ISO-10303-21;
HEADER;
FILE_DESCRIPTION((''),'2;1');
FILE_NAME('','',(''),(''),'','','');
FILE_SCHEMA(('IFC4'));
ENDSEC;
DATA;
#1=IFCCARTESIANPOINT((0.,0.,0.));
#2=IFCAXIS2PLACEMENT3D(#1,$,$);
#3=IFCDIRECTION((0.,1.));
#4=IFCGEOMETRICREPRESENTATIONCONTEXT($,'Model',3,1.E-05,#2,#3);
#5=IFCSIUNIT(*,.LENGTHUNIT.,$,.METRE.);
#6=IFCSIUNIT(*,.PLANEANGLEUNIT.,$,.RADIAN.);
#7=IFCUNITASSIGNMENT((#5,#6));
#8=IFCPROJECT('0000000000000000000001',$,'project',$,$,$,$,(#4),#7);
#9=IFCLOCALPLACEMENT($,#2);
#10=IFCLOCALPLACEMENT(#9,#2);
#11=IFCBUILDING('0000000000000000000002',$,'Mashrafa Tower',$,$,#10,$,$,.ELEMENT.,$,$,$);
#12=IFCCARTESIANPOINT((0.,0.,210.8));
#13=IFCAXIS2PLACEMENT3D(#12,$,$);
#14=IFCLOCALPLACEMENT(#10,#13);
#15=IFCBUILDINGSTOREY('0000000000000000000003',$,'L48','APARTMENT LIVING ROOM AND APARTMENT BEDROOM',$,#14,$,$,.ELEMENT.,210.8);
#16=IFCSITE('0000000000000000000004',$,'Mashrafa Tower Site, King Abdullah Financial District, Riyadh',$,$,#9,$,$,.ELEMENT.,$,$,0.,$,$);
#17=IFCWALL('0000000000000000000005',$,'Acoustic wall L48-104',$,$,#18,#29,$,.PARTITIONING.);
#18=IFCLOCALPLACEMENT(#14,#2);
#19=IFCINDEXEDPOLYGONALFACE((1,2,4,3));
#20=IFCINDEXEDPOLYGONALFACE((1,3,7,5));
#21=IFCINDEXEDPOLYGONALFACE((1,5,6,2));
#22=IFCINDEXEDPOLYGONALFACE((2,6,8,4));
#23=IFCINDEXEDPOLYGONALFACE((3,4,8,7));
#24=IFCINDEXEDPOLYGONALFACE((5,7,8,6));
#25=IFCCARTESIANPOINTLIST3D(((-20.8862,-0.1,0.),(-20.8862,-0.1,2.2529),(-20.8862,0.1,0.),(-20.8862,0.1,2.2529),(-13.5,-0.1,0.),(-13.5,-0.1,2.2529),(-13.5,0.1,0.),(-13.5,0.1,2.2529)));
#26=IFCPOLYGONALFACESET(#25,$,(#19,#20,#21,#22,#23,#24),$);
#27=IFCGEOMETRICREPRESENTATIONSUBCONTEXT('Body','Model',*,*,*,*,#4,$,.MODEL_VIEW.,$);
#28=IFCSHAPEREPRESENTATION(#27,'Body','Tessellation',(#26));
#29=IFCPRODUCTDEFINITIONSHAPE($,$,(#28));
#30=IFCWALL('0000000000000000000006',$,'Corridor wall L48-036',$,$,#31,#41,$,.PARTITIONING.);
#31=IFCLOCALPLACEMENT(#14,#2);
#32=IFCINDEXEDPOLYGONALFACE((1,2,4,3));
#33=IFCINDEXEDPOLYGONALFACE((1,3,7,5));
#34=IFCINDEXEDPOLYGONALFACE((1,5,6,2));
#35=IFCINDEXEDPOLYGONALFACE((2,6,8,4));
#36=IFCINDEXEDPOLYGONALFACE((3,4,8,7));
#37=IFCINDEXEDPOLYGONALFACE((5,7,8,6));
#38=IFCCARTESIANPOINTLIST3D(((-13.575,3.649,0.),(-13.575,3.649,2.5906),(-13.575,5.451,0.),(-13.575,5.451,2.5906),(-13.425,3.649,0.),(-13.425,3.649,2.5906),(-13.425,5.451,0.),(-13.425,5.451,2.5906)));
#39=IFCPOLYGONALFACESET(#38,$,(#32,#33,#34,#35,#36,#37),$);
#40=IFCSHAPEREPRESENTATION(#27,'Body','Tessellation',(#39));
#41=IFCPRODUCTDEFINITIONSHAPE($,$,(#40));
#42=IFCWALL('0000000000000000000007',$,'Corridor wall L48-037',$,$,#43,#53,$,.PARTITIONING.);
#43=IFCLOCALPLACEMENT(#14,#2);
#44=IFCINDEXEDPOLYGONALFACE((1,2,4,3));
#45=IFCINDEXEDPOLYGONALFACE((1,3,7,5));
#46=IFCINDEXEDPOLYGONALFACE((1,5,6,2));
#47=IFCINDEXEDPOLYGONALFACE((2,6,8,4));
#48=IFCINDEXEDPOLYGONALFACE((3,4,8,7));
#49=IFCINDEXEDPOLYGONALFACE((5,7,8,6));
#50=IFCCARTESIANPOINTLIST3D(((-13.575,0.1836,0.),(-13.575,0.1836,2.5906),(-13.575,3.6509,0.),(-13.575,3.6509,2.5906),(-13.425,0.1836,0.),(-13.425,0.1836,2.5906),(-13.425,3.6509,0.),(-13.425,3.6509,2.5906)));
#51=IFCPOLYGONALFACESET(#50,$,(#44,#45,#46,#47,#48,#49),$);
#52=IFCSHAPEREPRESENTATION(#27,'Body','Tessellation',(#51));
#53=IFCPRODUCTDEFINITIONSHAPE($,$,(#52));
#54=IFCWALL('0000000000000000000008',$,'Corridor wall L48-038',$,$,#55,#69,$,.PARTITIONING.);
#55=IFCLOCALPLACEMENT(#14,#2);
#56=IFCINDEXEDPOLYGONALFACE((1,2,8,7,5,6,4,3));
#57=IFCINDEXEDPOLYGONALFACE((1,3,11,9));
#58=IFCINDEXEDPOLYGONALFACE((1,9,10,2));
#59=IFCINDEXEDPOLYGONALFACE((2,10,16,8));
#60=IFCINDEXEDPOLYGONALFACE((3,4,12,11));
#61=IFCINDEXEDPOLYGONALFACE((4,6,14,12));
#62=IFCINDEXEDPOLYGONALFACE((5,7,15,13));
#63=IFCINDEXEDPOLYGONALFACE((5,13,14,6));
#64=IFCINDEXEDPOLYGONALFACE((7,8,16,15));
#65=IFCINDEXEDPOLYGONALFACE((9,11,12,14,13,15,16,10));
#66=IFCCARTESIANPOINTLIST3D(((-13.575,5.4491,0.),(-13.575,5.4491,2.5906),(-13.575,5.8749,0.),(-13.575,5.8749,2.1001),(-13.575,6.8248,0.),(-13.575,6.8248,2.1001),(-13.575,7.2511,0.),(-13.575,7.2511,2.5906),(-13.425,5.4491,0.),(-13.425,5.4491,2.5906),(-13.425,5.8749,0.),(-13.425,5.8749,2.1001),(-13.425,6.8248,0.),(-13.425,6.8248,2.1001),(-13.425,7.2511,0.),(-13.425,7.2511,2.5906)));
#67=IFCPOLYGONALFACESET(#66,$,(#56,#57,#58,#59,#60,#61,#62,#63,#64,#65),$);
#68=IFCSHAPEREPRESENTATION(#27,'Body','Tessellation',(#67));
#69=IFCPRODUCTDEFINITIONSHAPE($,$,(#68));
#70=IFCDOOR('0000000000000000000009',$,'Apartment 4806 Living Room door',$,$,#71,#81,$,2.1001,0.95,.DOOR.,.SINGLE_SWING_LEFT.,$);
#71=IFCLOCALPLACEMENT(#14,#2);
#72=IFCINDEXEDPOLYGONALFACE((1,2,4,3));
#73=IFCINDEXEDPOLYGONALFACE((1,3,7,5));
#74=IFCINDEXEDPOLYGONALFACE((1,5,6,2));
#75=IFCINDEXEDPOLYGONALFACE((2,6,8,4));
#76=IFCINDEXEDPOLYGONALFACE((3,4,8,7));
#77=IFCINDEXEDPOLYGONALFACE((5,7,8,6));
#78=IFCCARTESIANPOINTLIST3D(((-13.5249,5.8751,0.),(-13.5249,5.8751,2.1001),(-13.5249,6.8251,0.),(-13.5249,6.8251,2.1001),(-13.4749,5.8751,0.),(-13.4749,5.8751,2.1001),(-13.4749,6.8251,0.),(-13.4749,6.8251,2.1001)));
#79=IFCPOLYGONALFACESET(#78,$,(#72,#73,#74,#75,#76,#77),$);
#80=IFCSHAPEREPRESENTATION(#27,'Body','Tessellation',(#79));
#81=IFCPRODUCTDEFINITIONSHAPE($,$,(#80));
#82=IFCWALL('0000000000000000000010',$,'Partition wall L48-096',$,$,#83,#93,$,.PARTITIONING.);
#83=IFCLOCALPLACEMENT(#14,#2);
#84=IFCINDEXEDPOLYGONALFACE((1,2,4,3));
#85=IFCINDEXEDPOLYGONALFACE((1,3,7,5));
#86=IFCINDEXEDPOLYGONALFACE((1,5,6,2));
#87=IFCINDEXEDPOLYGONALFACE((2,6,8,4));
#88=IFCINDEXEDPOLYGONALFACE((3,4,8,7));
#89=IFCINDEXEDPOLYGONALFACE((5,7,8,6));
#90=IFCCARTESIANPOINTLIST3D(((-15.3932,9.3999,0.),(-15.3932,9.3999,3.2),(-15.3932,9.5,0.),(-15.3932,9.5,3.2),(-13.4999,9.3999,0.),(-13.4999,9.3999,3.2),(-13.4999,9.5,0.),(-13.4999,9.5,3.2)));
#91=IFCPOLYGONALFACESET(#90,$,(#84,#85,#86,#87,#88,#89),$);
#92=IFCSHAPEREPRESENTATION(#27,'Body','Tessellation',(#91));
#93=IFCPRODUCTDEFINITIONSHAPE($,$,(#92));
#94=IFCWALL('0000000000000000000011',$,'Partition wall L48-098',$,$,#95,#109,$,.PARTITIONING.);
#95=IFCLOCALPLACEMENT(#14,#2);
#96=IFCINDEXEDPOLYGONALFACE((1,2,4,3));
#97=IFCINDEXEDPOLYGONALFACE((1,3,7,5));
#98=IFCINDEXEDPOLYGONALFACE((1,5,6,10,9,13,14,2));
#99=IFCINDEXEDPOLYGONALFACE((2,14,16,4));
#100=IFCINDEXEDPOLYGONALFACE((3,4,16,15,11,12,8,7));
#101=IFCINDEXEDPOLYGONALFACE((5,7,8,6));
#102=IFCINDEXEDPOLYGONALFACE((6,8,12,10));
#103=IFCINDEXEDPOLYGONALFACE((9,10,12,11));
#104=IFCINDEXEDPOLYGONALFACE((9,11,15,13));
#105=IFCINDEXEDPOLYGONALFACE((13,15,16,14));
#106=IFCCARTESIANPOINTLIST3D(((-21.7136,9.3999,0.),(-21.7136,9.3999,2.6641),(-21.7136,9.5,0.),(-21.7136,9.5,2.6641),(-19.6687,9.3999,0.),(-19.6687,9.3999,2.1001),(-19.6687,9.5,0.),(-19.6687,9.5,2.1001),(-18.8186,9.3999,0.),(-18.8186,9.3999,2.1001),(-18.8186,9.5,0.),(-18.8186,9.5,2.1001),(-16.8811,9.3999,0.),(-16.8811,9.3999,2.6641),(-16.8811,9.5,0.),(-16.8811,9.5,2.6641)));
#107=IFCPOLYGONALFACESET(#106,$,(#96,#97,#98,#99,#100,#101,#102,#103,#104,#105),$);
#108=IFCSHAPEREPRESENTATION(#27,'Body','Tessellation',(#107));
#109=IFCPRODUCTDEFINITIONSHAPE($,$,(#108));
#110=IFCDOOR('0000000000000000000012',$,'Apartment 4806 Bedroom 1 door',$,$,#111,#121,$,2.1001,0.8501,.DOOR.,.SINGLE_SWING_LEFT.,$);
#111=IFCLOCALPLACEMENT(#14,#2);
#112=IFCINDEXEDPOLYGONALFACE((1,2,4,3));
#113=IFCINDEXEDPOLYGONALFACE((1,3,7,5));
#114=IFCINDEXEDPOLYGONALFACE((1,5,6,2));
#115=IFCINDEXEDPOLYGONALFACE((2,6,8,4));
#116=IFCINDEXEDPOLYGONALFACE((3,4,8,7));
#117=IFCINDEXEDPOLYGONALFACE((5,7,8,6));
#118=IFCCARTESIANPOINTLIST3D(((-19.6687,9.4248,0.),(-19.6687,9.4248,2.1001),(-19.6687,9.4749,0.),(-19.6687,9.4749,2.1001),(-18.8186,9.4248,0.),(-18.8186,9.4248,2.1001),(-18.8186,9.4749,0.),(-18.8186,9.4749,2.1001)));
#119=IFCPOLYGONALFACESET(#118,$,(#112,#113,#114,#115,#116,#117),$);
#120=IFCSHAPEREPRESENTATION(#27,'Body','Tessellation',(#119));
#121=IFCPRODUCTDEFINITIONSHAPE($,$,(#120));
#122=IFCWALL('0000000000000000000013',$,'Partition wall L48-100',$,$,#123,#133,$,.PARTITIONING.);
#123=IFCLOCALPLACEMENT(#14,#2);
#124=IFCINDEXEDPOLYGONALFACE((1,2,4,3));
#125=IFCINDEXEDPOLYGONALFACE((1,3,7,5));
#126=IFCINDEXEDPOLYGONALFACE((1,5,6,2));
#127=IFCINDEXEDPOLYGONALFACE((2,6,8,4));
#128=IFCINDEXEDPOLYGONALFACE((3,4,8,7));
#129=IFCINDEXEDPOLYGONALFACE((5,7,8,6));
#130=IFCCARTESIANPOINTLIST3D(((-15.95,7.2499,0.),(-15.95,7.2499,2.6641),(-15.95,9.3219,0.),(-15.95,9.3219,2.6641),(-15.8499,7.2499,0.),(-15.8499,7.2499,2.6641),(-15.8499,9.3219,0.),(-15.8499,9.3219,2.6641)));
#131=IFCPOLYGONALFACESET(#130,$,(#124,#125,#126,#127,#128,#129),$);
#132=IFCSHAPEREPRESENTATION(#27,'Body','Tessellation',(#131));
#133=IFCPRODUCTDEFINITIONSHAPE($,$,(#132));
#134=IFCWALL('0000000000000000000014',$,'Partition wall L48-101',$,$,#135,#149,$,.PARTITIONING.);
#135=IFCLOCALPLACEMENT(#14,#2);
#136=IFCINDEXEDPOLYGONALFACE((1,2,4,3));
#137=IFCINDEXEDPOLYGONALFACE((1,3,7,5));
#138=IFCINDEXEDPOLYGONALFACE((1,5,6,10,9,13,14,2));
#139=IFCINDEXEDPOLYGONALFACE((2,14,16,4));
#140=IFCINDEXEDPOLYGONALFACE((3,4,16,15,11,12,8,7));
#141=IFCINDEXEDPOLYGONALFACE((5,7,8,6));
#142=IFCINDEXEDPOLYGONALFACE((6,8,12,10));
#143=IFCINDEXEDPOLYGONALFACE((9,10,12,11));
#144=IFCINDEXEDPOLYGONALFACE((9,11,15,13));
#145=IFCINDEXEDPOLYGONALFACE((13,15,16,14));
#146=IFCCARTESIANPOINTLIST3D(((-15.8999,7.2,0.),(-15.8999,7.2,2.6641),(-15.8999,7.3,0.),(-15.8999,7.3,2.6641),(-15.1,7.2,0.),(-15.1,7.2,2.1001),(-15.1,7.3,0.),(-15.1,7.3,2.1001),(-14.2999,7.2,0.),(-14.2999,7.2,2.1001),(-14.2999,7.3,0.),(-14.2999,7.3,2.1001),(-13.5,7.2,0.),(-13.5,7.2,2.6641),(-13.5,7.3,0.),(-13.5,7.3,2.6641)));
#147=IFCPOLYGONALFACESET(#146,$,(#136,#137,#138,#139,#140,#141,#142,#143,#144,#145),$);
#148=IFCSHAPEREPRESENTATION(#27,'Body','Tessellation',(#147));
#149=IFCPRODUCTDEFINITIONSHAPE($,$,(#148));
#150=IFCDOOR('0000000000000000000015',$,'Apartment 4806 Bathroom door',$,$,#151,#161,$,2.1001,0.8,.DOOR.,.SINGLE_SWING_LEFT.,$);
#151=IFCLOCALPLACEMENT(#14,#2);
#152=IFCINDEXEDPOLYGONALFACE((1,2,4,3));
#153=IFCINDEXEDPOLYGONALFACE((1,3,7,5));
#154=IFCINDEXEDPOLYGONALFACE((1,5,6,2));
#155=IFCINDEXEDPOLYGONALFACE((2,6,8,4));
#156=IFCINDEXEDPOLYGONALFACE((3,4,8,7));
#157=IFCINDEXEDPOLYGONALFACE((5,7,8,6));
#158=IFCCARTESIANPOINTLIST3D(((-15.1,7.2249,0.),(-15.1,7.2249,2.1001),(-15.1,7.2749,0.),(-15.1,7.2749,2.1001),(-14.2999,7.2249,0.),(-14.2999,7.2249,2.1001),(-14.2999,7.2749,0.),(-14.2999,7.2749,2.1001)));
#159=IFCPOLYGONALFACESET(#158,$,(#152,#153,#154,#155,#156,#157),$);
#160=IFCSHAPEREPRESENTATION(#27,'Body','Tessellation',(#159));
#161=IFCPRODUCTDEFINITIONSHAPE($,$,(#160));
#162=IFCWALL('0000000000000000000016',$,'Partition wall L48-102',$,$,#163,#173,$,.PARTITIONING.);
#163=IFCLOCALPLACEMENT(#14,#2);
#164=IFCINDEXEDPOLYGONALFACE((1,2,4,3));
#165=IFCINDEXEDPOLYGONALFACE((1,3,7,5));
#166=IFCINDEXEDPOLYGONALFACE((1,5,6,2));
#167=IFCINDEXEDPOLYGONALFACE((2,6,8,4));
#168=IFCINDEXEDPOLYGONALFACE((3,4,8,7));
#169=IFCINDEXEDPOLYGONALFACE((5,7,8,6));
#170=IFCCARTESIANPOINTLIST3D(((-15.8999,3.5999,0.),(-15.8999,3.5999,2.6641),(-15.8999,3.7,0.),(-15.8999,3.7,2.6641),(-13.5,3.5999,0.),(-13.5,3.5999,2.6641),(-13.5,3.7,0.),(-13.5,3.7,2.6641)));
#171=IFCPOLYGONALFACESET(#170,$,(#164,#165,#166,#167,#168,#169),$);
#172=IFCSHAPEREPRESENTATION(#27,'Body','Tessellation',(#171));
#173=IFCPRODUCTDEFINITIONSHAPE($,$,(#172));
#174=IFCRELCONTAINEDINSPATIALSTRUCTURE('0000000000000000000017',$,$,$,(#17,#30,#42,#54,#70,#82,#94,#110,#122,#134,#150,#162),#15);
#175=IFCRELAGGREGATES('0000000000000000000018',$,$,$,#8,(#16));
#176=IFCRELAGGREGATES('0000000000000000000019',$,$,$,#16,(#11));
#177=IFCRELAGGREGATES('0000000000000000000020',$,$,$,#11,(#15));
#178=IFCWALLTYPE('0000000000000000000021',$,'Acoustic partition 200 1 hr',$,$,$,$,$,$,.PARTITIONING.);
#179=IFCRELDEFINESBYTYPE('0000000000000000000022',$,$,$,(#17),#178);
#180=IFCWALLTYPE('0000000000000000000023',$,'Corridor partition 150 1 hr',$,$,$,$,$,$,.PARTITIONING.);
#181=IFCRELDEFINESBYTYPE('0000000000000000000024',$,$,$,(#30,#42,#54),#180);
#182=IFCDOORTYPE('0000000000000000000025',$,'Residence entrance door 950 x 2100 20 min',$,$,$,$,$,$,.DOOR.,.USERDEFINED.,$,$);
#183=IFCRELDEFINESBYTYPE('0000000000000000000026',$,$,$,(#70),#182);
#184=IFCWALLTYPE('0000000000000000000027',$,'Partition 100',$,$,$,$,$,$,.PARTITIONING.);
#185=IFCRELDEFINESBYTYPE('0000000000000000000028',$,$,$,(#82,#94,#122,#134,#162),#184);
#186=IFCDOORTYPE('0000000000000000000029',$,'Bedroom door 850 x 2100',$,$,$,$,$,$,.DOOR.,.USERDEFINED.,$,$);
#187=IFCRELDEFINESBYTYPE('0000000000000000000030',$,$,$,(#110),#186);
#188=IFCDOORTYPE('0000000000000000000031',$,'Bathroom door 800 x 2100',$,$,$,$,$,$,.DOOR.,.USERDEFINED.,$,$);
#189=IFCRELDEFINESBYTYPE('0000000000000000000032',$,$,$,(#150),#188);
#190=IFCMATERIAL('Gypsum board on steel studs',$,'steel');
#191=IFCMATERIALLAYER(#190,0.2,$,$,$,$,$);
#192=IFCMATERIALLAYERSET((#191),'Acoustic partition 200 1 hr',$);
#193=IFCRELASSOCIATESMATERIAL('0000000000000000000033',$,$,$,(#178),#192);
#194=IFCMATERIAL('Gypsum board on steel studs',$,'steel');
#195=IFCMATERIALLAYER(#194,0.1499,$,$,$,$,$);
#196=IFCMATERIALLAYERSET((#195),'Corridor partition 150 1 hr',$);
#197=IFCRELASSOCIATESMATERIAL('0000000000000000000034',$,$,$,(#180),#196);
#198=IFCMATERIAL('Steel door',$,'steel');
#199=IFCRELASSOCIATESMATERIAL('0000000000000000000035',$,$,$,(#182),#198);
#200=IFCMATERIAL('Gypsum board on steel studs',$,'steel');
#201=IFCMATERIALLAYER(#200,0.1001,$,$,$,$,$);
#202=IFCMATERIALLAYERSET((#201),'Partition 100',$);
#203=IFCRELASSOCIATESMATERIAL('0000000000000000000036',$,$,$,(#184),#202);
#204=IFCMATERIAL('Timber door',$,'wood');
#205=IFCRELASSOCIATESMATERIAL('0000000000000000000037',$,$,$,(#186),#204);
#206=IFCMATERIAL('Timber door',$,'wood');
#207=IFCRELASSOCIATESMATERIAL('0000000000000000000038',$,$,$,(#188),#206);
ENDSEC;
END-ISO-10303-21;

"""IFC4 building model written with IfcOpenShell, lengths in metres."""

from ifc_helpers import new_model, si_unit, direction, frame, frame_2d, origin, place, context, subcontext, project, spatial, rectangle, extrude, material, layer, layer_set, type_object, element, fill, save


model = new_model("IFC4")

# Units and contexts
model_context = context("Model", 3, precision=1e-05, world=origin(), true_north=direction((0.0, 1.0)))
body_context = subcontext(model_context, "Body", "Model", "MODEL_VIEW")
ifc_project = project(units=[si_unit("LENGTHUNIT", "METRE"), si_unit("PLANEANGLEUNIT", "RADIAN")], contexts=[model_context])

# Site, building, storey
site_placement = place(None, origin())
site = spatial("IfcSite", under=ifc_project, at=site_placement, Name="Mashrafa Tower Site, King Abdullah Financial District, Riyadh", CompositionType="ELEMENT", RefElevation=0.0)
building_placement = place(site_placement, origin())
building = spatial("IfcBuilding", under=site, at=building_placement, Name="Mashrafa Tower", CompositionType="ELEMENT")
storey_placement = place(building_placement, frame((0.0, 0.0, 210.8)))
storey = spatial("IfcBuildingStorey", under=building, at=storey_placement, Name="L48", Description="APARTMENT LIVING ROOM AND APARTMENT BEDROOM", CompositionType="ELEMENT", Elevation=210.8)

# Walls
ifc_material_1 = material(Name="Gypsum board on steel studs", Category="steel")
ifc_layer_1 = layer(ifc_material_1, 0.2)
ifc_layer_set_1 = layer_set([ifc_layer_1], Name="Acoustic partition 200 1 hr")
wall_type_1 = type_object("IfcWallType", Name="Acoustic partition 200 1 hr", PredefinedType="PARTITIONING", material=ifc_layer_set_1)
wall_1_placement = place(storey_placement, frame((-20.8862, 0.0, 0.0), z_axis=(0.0, 0.0, 1.0), x_axis=(1.0, 0.0, 0.0)))
element("IfcWall", 1, at=wall_1_placement, inside=storey, type_object=wall_type_1, Name="Acoustic wall L48-104", PredefinedType="PARTITIONING", context=body_context, shape_type="SweptSolid", body=[
    extrude(rectangle(XDim=7.3862, YDim=0.2, at=frame_2d((3.6931, 0.0))), origin(), (0.0, 0.0, 1.0), 2.2529),
])
ifc_material_2 = material(Name="Gypsum board on steel studs", Category="steel")
ifc_layer_2 = layer(ifc_material_2, 0.1499)
ifc_layer_set_2 = layer_set([ifc_layer_2], Name="Corridor partition 150 1 hr")
wall_type_2 = type_object("IfcWallType", Name="Corridor partition 150 1 hr", PredefinedType="PARTITIONING", material=ifc_layer_set_2)
wall_2_placement = place(storey_placement, frame((-13.5, 5.4509, 0.0), z_axis=(0.0, 0.0, 1.0), x_axis=(0.0, -1.0, 0.0)))
element("IfcWall", 2, at=wall_2_placement, inside=storey, type_object=wall_type_2, Name="Corridor wall L48-036", PredefinedType="PARTITIONING", context=body_context, shape_type="SweptSolid", body=[
    extrude(rectangle(XDim=1.802, YDim=0.1499, at=frame_2d((0.9009, 0.0))), origin(), (0.0, 0.0, 1.0), 2.5906),
])
wall_3_placement = place(storey_placement, frame((-13.5, 3.6509, 0.0), z_axis=(0.0, 0.0, 1.0), x_axis=(0.0, -1.0, 0.0)))
element("IfcWall", 3, at=wall_3_placement, inside=storey, type_object=wall_type_2, Name="Corridor wall L48-037", PredefinedType="PARTITIONING", context=body_context, shape_type="SweptSolid", body=[
    extrude(rectangle(XDim=3.4673, YDim=0.1499, at=frame_2d((1.7336, 0.0))), origin(), (0.0, 0.0, 1.0), 2.5906),
])

# Wall, opening, door
wall_4_placement = place(storey_placement, frame((-13.5, 7.251, 0.0), z_axis=(0.0, 0.0, 1.0), x_axis=(0.0, -1.0, 0.0)))
wall_4 = element("IfcWall", 4, at=wall_4_placement, inside=storey, type_object=wall_type_2, Name="Corridor wall L48-038", PredefinedType="PARTITIONING", context=body_context, shape_type="SweptSolid", body=[
    extrude(rectangle(XDim=1.802, YDim=0.1499, at=frame_2d((0.9009, 0.0))), origin(), (0.0, 0.0, 1.0), 2.5906),
])
opening_1_placement = place(wall_4_placement, frame((0.426, 0.0, 0.0)))
opening_1 = element("IfcOpeningElement", 5, at=opening_1_placement, cuts=wall_4, PredefinedType="OPENING", context=body_context, shape_type="SweptSolid", body=[
    extrude(rectangle(XDim=0.95, YDim=2.1001, at=frame_2d((0.4751, 1.05))), frame((0.0, 0.085, 0.0), z_axis=(0.0, -1.0, 0.0), x_axis=(1.0, 0.0, 0.0)), (0.0, 0.0, 1.0), 0.1699),
])
ifc_material_3 = material(Name="Steel door", Category="steel")
door_type_1 = type_object("IfcDoorType", Name="Residence entrance door 950 x 2100 20 min", OperationType="USERDEFINED", PredefinedType="DOOR", material=ifc_material_3)
door_1_placement = place(opening_1_placement, frame((0.95, 0.0, 0.0), z_axis=(0.0, 0.0, 1.0), x_axis=(-1.0, 0.0, 0.0)))
door_1 = element("IfcDoor", 6, at=door_1_placement, inside=storey, type_object=door_type_1, Name="Apartment 4806 Living Room door", OperationType="SINGLE_SWING_LEFT", OverallHeight=2.1001, OverallWidth=0.95, PredefinedType="DOOR", context=body_context, shape_type="SweptSolid", body=[
    extrude(rectangle(XDim=0.95, YDim=2.1001, at=frame_2d((0.4751, 1.05))), frame((0.0, 0.0249, 0.0), z_axis=(0.0, -1.0, 0.0), x_axis=(1.0, 0.0, 0.0)), (0.0, 0.0, 1.0), 0.05),
])
fill(opening_1, door_1)

# Wall
ifc_material_4 = material(Name="Gypsum board on steel studs", Category="steel")
ifc_layer_3 = layer(ifc_material_4, 0.1001)
ifc_layer_set_3 = layer_set([ifc_layer_3], Name="Partition 100")
wall_type_3 = type_object("IfcWallType", Name="Partition 100", PredefinedType="PARTITIONING", material=ifc_layer_set_3)
wall_5_placement = place(storey_placement, frame((-15.3933, 9.45, 0.0), z_axis=(0.0, 0.0, 1.0), x_axis=(1.0, 0.0, 0.0)))
element("IfcWall", 7, at=wall_5_placement, inside=storey, type_object=wall_type_3, Name="Partition wall L48-096", PredefinedType="PARTITIONING", context=body_context, shape_type="SweptSolid", body=[
    extrude(rectangle(XDim=1.8933, YDim=0.1001, at=frame_2d((0.9468, 0.0))), origin(), (0.0, 0.0, 1.0), 3.2),
])

# Wall, opening, door
wall_6_placement = place(storey_placement, frame((-21.7136, 9.45, 0.0), z_axis=(0.0, 0.0, 1.0), x_axis=(1.0, 0.0, 0.0)))
wall_6 = element("IfcWall", 8, at=wall_6_placement, inside=storey, type_object=wall_type_3, Name="Partition wall L48-098", PredefinedType="PARTITIONING", context=body_context, shape_type="SweptSolid", body=[
    extrude(rectangle(XDim=4.8325, YDim=0.1001, at=frame_2d((2.4163, 0.0))), origin(), (0.0, 0.0, 1.0), 2.6641),
])
opening_2_placement = place(wall_6_placement, frame((2.0449, 0.0, 0.0)))
opening_2 = element("IfcOpeningElement", 9, at=opening_2_placement, cuts=wall_6, PredefinedType="OPENING", context=body_context, shape_type="SweptSolid", body=[
    extrude(rectangle(XDim=0.8501, YDim=2.1001, at=frame_2d((0.425, 1.05))), frame((0.0, 0.0601, 0.0), z_axis=(0.0, -1.0, 0.0), x_axis=(1.0, 0.0, 0.0)), (0.0, 0.0, 1.0), 0.1201),
])
ifc_material_5 = material(Name="Timber door", Category="wood")
door_type_2 = type_object("IfcDoorType", Name="Bedroom door 850 x 2100", OperationType="USERDEFINED", PredefinedType="DOOR", material=ifc_material_5)
door_2_placement = place(opening_2_placement, origin())
door_2 = element("IfcDoor", 10, at=door_2_placement, inside=storey, type_object=door_type_2, Name="Apartment 4806 Bedroom 1 door", OperationType="SINGLE_SWING_LEFT", OverallHeight=2.1001, OverallWidth=0.8501, PredefinedType="DOOR", context=body_context, shape_type="SweptSolid", body=[
    extrude(rectangle(XDim=0.8501, YDim=2.1001, at=frame_2d((0.425, 1.05))), frame((0.0, 0.0249, 0.0), z_axis=(0.0, -1.0, 0.0), x_axis=(1.0, 0.0, 0.0)), (0.0, 0.0, 1.0), 0.05),
])
fill(opening_2, door_2)

# Wall
wall_7_placement = place(storey_placement, frame((-15.8999, 9.322, 0.0), z_axis=(0.0, 0.0, 1.0), x_axis=(0.0, -1.0, 0.0)))
element("IfcWall", 11, at=wall_7_placement, inside=storey, type_object=wall_type_3, Name="Partition wall L48-100", PredefinedType="PARTITIONING", context=body_context, shape_type="SweptSolid", body=[
    extrude(rectangle(XDim=2.072, YDim=0.1001, at=frame_2d((1.0361, 0.0))), origin(), (0.0, 0.0, 1.0), 2.6641),
])

# Wall, opening, door
wall_8_placement = place(storey_placement, frame((-15.8999, 7.25, 0.0), z_axis=(0.0, 0.0, 1.0), x_axis=(1.0, 0.0, 0.0)))
wall_8 = element("IfcWall", 12, at=wall_8_placement, inside=storey, type_object=wall_type_3, Name="Partition wall L48-101", PredefinedType="PARTITIONING", context=body_context, shape_type="SweptSolid", body=[
    extrude(rectangle(XDim=2.3999, YDim=0.1001, at=frame_2d((1.2, 0.0))), origin(), (0.0, 0.0, 1.0), 2.6641),
])
opening_3_placement = place(wall_8_placement, frame((0.8, 0.0, 0.0)))
opening_3 = element("IfcOpeningElement", 13, at=opening_3_placement, cuts=wall_8, PredefinedType="OPENING", context=body_context, shape_type="SweptSolid", body=[
    extrude(rectangle(XDim=0.8, YDim=2.1001, at=frame_2d((0.3999, 1.05))), frame((0.0, 0.0601, 0.0), z_axis=(0.0, -1.0, 0.0), x_axis=(1.0, 0.0, 0.0)), (0.0, 0.0, 1.0), 0.1201),
])
ifc_material_6 = material(Name="Timber door", Category="wood")
door_type_3 = type_object("IfcDoorType", Name="Bathroom door 800 x 2100", OperationType="USERDEFINED", PredefinedType="DOOR", material=ifc_material_6)
door_3_placement = place(opening_3_placement, origin())
door_3 = element("IfcDoor", 14, at=door_3_placement, inside=storey, type_object=door_type_3, Name="Apartment 4806 Bathroom door", OperationType="SINGLE_SWING_LEFT", OverallHeight=2.1001, OverallWidth=0.8, PredefinedType="DOOR", context=body_context, shape_type="SweptSolid", body=[
    extrude(rectangle(XDim=0.8, YDim=2.1001, at=frame_2d((0.3999, 1.05))), frame((0.0, 0.0249, 0.0), z_axis=(0.0, -1.0, 0.0), x_axis=(1.0, 0.0, 0.0)), (0.0, 0.0, 1.0), 0.05),
])
fill(opening_3, door_3)

# Wall
wall_9_placement = place(storey_placement, frame((-15.8999, 3.6499, 0.0), z_axis=(0.0, 0.0, 1.0), x_axis=(1.0, 0.0, 0.0)))
element("IfcWall", 15, at=wall_9_placement, inside=storey, type_object=wall_type_3, Name="Partition wall L48-102", PredefinedType="PARTITIONING", context=body_context, shape_type="SweptSolid", body=[
    extrude(rectangle(XDim=2.3999, YDim=0.1001, at=frame_2d((1.2, 0.0))), origin(), (0.0, 0.0, 1.0), 2.6641),
])

save(model, "model.ifc")
